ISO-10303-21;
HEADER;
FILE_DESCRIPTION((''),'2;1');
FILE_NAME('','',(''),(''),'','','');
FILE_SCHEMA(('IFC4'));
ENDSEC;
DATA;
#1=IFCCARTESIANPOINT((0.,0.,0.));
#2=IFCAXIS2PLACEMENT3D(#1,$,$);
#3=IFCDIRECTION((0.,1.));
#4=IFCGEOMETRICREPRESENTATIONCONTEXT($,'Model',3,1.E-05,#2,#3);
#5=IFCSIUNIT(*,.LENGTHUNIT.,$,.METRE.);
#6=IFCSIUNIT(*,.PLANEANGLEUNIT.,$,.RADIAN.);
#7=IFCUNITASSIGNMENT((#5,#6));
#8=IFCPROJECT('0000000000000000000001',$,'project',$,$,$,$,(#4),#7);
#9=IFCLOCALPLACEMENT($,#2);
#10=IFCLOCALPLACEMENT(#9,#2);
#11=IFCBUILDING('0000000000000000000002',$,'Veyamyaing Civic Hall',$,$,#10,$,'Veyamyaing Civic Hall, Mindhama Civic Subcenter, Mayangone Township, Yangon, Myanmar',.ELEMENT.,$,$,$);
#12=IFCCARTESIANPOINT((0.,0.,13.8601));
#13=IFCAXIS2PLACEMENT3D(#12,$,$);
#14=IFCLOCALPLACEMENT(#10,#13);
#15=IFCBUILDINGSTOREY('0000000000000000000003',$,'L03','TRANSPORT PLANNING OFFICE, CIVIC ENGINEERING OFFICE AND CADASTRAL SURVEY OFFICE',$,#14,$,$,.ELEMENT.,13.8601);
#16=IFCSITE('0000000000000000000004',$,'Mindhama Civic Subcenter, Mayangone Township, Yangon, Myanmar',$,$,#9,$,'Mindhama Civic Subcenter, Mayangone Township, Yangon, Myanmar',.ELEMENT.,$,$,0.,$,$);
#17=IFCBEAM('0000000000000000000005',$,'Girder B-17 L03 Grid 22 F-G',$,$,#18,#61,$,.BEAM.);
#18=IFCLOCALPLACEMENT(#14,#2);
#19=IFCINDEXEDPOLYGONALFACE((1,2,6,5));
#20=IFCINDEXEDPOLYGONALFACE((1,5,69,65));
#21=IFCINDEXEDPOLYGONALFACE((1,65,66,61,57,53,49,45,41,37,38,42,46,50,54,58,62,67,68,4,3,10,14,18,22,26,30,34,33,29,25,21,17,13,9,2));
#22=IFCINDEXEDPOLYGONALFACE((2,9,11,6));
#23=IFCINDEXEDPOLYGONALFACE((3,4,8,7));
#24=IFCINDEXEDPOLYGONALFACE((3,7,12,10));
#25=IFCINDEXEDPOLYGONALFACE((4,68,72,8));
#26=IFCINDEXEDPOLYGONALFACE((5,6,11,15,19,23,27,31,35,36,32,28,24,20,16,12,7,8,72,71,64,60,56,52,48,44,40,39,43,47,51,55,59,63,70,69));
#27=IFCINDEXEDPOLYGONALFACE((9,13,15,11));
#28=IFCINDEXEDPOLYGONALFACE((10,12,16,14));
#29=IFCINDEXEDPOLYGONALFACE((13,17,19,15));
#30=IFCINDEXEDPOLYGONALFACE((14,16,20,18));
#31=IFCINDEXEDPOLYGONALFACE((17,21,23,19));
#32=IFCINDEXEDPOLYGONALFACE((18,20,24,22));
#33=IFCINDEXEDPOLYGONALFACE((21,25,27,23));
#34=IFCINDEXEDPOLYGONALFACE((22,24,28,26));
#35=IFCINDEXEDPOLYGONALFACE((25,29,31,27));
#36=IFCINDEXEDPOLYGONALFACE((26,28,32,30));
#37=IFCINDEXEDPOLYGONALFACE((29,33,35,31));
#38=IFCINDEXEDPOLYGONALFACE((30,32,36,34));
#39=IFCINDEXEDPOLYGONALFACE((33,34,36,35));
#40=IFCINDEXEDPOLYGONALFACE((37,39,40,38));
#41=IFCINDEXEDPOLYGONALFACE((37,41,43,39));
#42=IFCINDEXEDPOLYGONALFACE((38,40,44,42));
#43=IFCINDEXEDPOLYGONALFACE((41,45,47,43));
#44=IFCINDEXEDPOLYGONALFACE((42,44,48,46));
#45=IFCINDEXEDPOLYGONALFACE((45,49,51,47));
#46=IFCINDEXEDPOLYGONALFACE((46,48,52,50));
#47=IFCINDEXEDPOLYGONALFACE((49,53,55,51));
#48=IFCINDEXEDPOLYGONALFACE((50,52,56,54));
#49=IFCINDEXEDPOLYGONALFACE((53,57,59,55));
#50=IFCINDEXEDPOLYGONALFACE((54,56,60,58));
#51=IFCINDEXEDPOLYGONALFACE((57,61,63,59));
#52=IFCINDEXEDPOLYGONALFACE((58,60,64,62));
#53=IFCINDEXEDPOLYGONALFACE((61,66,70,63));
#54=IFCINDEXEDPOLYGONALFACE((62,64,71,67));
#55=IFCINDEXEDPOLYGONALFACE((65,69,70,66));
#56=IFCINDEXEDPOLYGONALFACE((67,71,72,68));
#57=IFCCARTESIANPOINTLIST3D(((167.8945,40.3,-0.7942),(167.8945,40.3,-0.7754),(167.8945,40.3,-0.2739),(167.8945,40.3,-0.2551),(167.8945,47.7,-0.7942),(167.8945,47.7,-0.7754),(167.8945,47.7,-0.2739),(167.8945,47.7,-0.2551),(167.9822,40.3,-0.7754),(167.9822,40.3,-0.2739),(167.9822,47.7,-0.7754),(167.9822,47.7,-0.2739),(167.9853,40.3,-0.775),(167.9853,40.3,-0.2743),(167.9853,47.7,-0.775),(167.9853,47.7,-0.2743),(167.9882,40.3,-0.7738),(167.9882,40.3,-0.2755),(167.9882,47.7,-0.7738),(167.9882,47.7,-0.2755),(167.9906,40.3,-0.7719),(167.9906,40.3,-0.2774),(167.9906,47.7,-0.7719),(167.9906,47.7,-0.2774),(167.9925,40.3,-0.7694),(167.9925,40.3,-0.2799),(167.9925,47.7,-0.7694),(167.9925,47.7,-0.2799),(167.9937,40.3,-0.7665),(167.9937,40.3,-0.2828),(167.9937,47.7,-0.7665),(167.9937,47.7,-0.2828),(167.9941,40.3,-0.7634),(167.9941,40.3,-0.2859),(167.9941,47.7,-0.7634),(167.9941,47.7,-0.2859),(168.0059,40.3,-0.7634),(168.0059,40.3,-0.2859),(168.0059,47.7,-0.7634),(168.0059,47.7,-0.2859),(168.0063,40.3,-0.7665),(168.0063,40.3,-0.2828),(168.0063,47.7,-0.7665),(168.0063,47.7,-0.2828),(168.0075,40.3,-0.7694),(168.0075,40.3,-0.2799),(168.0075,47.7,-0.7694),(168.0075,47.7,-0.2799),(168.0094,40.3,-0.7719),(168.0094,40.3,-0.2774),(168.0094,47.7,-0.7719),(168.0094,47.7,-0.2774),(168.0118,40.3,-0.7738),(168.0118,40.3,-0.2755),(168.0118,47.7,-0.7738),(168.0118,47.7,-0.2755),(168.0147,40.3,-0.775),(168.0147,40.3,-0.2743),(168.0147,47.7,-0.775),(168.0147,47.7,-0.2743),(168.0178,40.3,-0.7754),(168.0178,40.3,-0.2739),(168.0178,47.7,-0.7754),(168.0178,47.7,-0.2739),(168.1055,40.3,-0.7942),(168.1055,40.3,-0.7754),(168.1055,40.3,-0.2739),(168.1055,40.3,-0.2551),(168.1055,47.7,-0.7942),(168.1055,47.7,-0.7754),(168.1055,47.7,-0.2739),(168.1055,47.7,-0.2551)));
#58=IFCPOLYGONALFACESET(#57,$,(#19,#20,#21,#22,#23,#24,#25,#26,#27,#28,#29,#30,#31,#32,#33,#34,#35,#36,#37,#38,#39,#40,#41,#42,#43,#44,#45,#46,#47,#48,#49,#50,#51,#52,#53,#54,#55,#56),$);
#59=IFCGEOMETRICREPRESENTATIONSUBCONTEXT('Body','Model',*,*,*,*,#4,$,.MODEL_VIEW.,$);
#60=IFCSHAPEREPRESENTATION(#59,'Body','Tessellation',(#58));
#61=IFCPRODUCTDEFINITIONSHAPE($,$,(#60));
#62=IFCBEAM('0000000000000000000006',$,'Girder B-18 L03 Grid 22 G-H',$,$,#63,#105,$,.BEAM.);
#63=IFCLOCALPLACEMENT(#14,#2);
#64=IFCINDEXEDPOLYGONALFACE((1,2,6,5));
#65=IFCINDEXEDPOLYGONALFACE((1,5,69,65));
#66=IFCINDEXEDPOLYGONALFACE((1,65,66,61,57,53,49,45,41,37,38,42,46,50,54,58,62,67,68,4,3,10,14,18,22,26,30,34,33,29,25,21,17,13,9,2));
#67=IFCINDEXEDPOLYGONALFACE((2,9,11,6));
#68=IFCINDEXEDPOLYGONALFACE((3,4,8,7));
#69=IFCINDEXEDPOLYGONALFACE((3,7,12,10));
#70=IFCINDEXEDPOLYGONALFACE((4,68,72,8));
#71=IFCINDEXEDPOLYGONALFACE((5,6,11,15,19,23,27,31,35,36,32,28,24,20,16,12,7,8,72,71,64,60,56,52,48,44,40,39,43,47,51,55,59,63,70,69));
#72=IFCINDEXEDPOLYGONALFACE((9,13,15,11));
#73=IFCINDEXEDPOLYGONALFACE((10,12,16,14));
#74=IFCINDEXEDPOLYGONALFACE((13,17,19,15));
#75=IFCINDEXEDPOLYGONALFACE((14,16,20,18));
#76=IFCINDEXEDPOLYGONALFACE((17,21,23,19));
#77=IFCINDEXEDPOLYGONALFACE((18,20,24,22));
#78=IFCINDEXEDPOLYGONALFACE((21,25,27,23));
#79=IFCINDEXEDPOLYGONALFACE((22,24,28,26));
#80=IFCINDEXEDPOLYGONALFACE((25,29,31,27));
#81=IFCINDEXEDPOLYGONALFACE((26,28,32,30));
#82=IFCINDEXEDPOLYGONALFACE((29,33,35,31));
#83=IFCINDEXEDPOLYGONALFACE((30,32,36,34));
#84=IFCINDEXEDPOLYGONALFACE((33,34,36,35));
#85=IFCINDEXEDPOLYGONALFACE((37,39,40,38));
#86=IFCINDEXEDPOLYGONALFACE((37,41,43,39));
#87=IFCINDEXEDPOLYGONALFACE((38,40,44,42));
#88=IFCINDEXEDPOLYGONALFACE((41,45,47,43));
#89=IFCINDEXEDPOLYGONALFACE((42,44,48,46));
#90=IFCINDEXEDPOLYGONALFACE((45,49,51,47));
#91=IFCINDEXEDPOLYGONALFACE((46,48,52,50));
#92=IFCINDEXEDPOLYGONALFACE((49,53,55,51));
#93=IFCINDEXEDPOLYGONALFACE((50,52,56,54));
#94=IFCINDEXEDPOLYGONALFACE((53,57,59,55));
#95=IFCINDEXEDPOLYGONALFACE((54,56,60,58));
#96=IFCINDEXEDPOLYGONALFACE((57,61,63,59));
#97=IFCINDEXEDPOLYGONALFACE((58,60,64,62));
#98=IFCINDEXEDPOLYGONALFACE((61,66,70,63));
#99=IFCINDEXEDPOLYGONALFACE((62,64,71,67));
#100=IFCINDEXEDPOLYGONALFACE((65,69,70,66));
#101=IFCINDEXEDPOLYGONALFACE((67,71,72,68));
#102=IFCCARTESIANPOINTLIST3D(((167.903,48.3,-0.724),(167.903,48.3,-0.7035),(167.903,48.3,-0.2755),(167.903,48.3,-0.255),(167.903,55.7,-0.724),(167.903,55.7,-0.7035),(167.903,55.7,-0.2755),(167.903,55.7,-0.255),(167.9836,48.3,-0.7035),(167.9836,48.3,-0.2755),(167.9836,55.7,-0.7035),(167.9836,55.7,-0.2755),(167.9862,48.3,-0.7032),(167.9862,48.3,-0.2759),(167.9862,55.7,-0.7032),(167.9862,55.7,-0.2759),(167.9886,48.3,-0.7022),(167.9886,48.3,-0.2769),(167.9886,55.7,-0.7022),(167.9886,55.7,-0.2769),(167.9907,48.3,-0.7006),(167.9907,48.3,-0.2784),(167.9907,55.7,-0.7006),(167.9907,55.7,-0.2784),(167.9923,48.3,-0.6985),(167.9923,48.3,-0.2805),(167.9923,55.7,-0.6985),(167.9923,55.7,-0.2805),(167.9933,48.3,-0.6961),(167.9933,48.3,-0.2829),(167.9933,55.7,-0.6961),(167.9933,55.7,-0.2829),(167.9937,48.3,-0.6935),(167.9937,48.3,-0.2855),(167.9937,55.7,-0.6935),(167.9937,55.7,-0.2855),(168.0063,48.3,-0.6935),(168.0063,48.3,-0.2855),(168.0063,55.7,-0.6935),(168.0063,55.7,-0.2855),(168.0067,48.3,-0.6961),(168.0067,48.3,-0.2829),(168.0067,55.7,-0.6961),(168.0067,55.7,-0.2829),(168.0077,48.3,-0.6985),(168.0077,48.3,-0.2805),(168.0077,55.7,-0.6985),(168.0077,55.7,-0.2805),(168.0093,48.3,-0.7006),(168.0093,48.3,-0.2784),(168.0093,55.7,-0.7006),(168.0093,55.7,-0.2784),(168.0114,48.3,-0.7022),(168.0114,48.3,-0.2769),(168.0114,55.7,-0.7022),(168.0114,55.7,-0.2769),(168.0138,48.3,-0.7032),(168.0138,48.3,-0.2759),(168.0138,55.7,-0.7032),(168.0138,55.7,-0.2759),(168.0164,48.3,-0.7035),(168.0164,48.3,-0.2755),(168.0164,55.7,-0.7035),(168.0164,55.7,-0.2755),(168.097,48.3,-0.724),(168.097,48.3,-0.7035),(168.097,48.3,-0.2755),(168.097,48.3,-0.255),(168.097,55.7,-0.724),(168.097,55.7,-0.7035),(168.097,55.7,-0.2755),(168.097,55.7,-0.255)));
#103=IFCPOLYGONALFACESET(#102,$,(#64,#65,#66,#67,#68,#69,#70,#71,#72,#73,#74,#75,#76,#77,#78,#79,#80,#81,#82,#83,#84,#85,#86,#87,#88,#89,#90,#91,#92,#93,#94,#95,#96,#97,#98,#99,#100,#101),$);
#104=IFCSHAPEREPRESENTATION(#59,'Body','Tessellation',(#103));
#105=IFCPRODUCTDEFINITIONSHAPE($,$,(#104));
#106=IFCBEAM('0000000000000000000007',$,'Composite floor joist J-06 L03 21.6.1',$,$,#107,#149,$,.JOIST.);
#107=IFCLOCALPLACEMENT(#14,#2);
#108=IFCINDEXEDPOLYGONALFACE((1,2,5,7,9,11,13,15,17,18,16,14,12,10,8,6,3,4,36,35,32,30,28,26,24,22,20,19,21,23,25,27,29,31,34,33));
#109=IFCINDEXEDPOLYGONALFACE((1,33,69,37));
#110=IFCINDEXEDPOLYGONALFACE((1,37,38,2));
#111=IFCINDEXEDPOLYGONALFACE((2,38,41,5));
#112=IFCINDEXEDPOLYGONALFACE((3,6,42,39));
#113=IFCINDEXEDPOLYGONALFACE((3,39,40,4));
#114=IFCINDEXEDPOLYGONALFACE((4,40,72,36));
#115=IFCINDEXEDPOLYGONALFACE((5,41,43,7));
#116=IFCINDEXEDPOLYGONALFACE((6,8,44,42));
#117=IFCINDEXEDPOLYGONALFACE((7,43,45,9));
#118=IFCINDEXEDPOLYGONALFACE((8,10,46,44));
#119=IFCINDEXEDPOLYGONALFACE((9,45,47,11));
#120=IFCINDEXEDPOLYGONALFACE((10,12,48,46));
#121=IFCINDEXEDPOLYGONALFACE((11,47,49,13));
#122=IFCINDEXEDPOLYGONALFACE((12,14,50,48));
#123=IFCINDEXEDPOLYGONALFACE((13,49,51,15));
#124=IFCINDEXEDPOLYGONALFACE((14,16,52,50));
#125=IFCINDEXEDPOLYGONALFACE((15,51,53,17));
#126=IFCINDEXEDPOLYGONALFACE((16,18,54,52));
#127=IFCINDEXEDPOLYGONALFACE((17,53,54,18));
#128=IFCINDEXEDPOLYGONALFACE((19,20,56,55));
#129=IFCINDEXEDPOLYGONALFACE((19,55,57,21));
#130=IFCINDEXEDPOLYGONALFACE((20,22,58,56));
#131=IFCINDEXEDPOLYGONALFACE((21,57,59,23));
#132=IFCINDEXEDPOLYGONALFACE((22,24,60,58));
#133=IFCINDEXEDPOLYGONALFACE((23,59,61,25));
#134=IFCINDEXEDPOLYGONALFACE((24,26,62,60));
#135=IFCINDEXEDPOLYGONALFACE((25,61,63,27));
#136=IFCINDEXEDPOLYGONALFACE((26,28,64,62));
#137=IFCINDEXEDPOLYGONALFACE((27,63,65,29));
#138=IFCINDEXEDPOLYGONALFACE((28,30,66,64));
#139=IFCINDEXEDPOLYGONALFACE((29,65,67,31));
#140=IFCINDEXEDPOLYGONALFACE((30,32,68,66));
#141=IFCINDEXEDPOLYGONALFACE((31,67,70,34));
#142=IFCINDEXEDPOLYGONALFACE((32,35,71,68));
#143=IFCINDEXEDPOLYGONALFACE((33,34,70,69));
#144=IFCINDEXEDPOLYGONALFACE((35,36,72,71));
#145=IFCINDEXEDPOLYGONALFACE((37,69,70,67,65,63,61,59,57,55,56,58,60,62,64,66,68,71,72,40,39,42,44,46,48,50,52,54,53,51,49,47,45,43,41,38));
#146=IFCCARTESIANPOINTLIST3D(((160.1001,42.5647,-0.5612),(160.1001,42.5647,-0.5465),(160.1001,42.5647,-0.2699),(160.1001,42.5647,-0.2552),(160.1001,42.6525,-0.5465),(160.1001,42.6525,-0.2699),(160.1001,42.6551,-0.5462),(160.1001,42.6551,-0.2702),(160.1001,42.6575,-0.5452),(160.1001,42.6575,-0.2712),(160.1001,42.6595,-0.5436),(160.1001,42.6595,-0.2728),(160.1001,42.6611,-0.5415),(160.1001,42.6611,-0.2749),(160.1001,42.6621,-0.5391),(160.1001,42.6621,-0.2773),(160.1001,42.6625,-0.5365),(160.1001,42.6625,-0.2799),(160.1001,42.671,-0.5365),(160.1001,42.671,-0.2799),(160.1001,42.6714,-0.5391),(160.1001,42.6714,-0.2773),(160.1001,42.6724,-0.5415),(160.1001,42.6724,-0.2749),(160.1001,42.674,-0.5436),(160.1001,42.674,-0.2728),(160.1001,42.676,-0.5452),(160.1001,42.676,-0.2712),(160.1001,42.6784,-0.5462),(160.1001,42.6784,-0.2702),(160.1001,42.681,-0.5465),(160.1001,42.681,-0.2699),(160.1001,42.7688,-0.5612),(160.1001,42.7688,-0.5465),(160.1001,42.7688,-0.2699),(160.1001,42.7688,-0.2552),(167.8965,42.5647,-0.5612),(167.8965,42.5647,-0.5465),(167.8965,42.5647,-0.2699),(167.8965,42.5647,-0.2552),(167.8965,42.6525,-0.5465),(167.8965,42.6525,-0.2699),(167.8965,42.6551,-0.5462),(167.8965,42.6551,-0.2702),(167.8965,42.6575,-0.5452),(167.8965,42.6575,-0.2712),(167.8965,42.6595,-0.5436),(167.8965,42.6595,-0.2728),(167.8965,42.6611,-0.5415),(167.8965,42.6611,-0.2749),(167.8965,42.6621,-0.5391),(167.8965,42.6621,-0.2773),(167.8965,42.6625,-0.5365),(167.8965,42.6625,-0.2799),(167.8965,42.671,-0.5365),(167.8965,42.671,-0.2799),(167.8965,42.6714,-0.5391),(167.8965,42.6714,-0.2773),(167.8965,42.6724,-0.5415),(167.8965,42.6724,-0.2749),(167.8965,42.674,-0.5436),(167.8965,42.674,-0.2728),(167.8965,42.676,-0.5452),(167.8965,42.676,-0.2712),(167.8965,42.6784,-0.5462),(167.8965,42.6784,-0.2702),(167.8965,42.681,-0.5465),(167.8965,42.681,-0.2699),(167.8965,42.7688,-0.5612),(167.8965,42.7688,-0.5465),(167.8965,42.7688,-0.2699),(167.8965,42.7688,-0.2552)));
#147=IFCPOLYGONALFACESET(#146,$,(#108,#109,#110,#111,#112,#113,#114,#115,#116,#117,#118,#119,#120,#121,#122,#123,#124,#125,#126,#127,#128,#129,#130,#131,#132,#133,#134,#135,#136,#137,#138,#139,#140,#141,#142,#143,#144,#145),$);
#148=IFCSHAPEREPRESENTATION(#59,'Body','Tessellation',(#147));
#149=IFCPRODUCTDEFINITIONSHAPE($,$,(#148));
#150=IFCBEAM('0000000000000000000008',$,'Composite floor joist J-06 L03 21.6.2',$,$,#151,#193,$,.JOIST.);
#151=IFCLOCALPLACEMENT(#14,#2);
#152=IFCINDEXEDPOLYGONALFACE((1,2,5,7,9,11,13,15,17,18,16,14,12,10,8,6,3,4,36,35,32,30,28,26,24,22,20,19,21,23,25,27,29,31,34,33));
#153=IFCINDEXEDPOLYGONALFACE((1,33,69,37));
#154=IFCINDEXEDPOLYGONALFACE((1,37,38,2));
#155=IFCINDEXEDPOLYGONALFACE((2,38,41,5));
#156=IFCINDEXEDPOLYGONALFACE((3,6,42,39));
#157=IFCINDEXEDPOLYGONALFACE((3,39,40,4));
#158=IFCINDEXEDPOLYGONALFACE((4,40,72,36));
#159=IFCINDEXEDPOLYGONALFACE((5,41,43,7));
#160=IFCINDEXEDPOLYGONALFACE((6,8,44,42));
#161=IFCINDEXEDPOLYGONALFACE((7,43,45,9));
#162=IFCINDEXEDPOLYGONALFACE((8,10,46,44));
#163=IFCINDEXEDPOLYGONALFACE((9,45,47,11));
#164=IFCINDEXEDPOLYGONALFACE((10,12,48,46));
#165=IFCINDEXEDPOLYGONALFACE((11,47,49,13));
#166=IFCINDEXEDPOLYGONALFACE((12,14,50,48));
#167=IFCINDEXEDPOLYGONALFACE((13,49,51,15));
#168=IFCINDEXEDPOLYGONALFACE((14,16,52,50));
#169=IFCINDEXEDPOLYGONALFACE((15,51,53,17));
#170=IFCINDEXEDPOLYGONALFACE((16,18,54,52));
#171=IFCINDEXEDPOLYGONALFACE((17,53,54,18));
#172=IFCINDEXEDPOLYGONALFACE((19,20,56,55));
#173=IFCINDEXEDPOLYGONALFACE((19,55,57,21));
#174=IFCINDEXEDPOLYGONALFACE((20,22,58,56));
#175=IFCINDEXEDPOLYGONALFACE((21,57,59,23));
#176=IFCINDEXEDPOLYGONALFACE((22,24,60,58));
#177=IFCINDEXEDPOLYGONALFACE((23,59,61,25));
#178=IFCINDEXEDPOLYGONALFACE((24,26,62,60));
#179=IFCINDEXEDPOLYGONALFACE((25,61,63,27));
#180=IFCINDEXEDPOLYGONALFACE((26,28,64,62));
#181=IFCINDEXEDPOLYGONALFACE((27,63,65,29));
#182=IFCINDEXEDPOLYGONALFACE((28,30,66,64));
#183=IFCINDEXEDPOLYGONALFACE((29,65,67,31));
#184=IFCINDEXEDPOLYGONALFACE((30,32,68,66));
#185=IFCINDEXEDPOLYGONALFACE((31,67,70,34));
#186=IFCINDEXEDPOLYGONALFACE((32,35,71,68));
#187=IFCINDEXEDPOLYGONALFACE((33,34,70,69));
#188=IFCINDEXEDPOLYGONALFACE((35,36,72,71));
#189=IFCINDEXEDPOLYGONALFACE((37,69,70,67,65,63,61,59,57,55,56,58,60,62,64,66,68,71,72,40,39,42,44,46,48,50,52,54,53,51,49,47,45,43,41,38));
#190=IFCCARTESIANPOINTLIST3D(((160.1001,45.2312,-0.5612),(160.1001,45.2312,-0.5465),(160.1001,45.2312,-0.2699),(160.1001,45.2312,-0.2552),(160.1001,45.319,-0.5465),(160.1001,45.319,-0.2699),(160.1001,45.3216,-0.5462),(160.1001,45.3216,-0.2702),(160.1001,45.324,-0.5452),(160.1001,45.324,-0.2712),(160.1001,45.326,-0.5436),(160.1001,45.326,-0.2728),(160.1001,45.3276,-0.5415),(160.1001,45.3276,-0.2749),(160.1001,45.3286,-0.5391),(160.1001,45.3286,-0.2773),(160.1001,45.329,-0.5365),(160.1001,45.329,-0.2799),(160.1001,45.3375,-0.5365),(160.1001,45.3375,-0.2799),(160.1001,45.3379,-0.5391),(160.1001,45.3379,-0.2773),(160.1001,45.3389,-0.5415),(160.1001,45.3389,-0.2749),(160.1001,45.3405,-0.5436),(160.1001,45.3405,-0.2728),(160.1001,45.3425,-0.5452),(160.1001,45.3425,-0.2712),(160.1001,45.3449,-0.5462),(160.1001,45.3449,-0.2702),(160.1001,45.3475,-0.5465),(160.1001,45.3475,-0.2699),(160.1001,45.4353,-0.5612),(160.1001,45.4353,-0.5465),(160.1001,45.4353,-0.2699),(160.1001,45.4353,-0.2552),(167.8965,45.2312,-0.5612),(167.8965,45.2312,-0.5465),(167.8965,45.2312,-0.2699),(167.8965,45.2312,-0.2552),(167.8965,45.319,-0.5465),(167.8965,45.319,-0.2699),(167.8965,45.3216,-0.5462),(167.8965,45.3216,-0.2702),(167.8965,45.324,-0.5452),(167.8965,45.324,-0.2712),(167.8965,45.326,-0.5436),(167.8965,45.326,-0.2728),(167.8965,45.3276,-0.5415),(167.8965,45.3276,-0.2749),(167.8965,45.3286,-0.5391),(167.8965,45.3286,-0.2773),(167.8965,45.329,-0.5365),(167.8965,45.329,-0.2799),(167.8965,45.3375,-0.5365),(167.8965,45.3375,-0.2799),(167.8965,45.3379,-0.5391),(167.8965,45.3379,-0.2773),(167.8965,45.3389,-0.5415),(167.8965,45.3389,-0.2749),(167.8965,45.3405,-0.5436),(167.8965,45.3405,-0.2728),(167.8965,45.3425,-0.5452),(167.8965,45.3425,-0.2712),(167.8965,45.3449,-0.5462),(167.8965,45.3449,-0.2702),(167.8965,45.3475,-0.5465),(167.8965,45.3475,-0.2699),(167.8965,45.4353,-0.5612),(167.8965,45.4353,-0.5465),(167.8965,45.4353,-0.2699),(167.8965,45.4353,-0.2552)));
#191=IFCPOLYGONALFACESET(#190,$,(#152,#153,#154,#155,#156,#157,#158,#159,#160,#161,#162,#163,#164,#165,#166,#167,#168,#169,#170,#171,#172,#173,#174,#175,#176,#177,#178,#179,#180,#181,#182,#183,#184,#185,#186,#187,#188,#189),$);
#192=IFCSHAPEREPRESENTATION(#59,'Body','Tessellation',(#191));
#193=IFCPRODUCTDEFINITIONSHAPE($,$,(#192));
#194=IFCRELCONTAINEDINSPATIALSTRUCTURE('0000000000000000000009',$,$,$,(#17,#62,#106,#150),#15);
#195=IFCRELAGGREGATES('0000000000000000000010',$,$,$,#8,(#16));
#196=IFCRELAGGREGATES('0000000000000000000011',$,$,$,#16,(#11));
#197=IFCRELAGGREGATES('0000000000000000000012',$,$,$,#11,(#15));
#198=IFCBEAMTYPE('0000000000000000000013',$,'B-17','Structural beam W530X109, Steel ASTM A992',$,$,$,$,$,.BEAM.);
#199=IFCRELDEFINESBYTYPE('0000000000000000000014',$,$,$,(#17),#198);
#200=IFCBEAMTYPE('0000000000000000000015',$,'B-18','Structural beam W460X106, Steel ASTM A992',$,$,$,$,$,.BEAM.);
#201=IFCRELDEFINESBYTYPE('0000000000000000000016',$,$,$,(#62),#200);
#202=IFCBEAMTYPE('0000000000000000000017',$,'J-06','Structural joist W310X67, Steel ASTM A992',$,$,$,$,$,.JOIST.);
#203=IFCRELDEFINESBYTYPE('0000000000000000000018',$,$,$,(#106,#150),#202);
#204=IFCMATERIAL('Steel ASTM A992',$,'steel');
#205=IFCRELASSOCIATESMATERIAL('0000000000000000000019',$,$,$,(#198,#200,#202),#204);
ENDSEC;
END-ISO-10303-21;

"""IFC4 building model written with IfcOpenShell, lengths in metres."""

from ifc_helpers import new_model, si_unit, direction, frame, origin, origin_2d, place, context, subcontext, project, spatial, i_section, extrude, material, material_profile, profile_set, type_object, element, save


model = new_model("IFC4")

# Units and contexts
model_context = context("Model", 3, precision=1e-05, world=origin(), true_north=direction((0.0, 1.0)))
body_context = subcontext(model_context, "Body", "Model", "MODEL_VIEW")
ifc_project = project(units=[si_unit("LENGTHUNIT", "METRE"), si_unit("PLANEANGLEUNIT", "RADIAN")], contexts=[model_context])

# Site, building, storey
site_placement = place(None, origin())
site = spatial("IfcSite", under=ifc_project, at=site_placement, Name="Mindhama Civic Subcenter, Mayangone Township, Yangon, Myanmar", LongName="Mindhama Civic Subcenter, Mayangone Township, Yangon, Myanmar", CompositionType="ELEMENT", RefElevation=0.0)
building_placement = place(site_placement, origin())
building = spatial("IfcBuilding", under=site, at=building_placement, Name="Veyamyaing Civic Hall", LongName="Veyamyaing Civic Hall, Mindhama Civic Subcenter, Mayangone Township, Yangon, Myanmar", CompositionType="ELEMENT")
storey_placement = place(building_placement, frame((0.0, 0.0, 13.8601)))
storey = spatial("IfcBuildingStorey", under=building, at=storey_placement, Name="L03", Description="TRANSPORT PLANNING OFFICE, CIVIC ENGINEERING OFFICE AND CADASTRAL SURVEY OFFICE", CompositionType="ELEMENT", Elevation=13.8601)

# Beams
ifc_material_1 = material(Name="Steel ASTM A992", Category="steel")
ifc_material_profile_1 = material_profile(ifc_material_1, i_section(OverallWidth=0.2109, OverallDepth=0.5391, WebThickness=0.0117, FlangeThickness=0.0188, FilletRadius=0.012, at=origin_2d()), Name="W530X109")
ifc_profile_set_1 = profile_set([ifc_material_profile_1], Name="Steel ASTM A992")
beam_type_1 = type_object("IfcBeamType", Name="B-17", Description="Structural beam W530X109, Steel ASTM A992", PredefinedType="BEAM", material=ifc_profile_set_1)
for number, where, z_axis, x_axis, name in (
    (1, (168.0, 40.3, -0.5247), (0.0, 1.0, 0.0), (-1.0, 0.0, 0.0), "Girder B-17 L03 Grid 22 F-G"),
):
    element("IfcBeam", number, at=place(storey_placement, frame(where, z_axis=z_axis, x_axis=x_axis)), inside=storey, type_object=beam_type_1, Name=name, PredefinedType="BEAM", context=body_context, shape_type="SweptSolid", body=[
        extrude(i_section(OverallWidth=0.2109, OverallDepth=0.5391, WebThickness=0.0117, FlangeThickness=0.0188, FilletRadius=0.012, at=origin_2d()), origin(), (0.0, 0.0, 1.0), 7.3999),
    ])
ifc_material_profile_2 = material_profile(ifc_material_1, i_section(OverallWidth=0.1941, OverallDepth=0.469, WebThickness=0.0127, FlangeThickness=0.0205, FilletRadius=0.01, at=origin_2d()), Name="W460X106")
ifc_profile_set_2 = profile_set([ifc_material_profile_2], Name="Steel ASTM A992")
beam_type_2 = type_object("IfcBeamType", Name="B-18", Description="Structural beam W460X106, Steel ASTM A992", PredefinedType="BEAM", material=ifc_profile_set_2)
beam_1_placement = place(storey_placement, frame((168.0, 48.3, -0.4895), z_axis=(0.0, 1.0, 0.0), x_axis=(-1.0, 0.0, 0.0)))
element("IfcBeam", 2, at=beam_1_placement, inside=storey, type_object=beam_type_2, Name="Girder B-18 L03 Grid 22 G-H", PredefinedType="BEAM", context=body_context, shape_type="SweptSolid", body=[
    extrude(i_section(OverallWidth=0.1941, OverallDepth=0.469, WebThickness=0.0127, FlangeThickness=0.0205, FilletRadius=0.01, at=origin_2d()), origin(), (0.0, 0.0, 1.0), 7.3999),
])
ifc_material_profile_3 = material_profile(ifc_material_1, i_section(OverallWidth=0.2041, OverallDepth=0.3059, WebThickness=0.0085, FlangeThickness=0.0146, FilletRadius=0.01, at=origin_2d()), Name="W310X67")
ifc_profile_set_3 = profile_set([ifc_material_profile_3], Name="Steel ASTM A992")
beam_type_3 = type_object("IfcBeamType", Name="J-06", Description="Structural joist W310X67, Steel ASTM A992", PredefinedType="JOIST", material=ifc_profile_set_3)
for number, where, z_axis, x_axis, name in (
    (3, (160.1001, 42.6667, -0.4082), (1.0, 0.0, 0.0), (0.0, 1.0, 0.0), "Composite floor joist J-06 L03 21.6.1"),
    (4, (160.1001, 45.3333, -0.4082), (1.0, 0.0, 0.0), (0.0, 1.0, 0.0), "Composite floor joist J-06 L03 21.6.2"),
):
    element("IfcBeam", number, at=place(storey_placement, frame(where, z_axis=z_axis, x_axis=x_axis)), inside=storey, type_object=beam_type_3, Name=name, PredefinedType="JOIST", context=body_context, shape_type="SweptSolid", body=[
        extrude(i_section(OverallWidth=0.2041, OverallDepth=0.3059, WebThickness=0.0085, FlangeThickness=0.0146, FilletRadius=0.01, at=origin_2d()), origin(), (0.0, 0.0, 1.0), 7.7964),
    ])

save(model, "model.ifc")
